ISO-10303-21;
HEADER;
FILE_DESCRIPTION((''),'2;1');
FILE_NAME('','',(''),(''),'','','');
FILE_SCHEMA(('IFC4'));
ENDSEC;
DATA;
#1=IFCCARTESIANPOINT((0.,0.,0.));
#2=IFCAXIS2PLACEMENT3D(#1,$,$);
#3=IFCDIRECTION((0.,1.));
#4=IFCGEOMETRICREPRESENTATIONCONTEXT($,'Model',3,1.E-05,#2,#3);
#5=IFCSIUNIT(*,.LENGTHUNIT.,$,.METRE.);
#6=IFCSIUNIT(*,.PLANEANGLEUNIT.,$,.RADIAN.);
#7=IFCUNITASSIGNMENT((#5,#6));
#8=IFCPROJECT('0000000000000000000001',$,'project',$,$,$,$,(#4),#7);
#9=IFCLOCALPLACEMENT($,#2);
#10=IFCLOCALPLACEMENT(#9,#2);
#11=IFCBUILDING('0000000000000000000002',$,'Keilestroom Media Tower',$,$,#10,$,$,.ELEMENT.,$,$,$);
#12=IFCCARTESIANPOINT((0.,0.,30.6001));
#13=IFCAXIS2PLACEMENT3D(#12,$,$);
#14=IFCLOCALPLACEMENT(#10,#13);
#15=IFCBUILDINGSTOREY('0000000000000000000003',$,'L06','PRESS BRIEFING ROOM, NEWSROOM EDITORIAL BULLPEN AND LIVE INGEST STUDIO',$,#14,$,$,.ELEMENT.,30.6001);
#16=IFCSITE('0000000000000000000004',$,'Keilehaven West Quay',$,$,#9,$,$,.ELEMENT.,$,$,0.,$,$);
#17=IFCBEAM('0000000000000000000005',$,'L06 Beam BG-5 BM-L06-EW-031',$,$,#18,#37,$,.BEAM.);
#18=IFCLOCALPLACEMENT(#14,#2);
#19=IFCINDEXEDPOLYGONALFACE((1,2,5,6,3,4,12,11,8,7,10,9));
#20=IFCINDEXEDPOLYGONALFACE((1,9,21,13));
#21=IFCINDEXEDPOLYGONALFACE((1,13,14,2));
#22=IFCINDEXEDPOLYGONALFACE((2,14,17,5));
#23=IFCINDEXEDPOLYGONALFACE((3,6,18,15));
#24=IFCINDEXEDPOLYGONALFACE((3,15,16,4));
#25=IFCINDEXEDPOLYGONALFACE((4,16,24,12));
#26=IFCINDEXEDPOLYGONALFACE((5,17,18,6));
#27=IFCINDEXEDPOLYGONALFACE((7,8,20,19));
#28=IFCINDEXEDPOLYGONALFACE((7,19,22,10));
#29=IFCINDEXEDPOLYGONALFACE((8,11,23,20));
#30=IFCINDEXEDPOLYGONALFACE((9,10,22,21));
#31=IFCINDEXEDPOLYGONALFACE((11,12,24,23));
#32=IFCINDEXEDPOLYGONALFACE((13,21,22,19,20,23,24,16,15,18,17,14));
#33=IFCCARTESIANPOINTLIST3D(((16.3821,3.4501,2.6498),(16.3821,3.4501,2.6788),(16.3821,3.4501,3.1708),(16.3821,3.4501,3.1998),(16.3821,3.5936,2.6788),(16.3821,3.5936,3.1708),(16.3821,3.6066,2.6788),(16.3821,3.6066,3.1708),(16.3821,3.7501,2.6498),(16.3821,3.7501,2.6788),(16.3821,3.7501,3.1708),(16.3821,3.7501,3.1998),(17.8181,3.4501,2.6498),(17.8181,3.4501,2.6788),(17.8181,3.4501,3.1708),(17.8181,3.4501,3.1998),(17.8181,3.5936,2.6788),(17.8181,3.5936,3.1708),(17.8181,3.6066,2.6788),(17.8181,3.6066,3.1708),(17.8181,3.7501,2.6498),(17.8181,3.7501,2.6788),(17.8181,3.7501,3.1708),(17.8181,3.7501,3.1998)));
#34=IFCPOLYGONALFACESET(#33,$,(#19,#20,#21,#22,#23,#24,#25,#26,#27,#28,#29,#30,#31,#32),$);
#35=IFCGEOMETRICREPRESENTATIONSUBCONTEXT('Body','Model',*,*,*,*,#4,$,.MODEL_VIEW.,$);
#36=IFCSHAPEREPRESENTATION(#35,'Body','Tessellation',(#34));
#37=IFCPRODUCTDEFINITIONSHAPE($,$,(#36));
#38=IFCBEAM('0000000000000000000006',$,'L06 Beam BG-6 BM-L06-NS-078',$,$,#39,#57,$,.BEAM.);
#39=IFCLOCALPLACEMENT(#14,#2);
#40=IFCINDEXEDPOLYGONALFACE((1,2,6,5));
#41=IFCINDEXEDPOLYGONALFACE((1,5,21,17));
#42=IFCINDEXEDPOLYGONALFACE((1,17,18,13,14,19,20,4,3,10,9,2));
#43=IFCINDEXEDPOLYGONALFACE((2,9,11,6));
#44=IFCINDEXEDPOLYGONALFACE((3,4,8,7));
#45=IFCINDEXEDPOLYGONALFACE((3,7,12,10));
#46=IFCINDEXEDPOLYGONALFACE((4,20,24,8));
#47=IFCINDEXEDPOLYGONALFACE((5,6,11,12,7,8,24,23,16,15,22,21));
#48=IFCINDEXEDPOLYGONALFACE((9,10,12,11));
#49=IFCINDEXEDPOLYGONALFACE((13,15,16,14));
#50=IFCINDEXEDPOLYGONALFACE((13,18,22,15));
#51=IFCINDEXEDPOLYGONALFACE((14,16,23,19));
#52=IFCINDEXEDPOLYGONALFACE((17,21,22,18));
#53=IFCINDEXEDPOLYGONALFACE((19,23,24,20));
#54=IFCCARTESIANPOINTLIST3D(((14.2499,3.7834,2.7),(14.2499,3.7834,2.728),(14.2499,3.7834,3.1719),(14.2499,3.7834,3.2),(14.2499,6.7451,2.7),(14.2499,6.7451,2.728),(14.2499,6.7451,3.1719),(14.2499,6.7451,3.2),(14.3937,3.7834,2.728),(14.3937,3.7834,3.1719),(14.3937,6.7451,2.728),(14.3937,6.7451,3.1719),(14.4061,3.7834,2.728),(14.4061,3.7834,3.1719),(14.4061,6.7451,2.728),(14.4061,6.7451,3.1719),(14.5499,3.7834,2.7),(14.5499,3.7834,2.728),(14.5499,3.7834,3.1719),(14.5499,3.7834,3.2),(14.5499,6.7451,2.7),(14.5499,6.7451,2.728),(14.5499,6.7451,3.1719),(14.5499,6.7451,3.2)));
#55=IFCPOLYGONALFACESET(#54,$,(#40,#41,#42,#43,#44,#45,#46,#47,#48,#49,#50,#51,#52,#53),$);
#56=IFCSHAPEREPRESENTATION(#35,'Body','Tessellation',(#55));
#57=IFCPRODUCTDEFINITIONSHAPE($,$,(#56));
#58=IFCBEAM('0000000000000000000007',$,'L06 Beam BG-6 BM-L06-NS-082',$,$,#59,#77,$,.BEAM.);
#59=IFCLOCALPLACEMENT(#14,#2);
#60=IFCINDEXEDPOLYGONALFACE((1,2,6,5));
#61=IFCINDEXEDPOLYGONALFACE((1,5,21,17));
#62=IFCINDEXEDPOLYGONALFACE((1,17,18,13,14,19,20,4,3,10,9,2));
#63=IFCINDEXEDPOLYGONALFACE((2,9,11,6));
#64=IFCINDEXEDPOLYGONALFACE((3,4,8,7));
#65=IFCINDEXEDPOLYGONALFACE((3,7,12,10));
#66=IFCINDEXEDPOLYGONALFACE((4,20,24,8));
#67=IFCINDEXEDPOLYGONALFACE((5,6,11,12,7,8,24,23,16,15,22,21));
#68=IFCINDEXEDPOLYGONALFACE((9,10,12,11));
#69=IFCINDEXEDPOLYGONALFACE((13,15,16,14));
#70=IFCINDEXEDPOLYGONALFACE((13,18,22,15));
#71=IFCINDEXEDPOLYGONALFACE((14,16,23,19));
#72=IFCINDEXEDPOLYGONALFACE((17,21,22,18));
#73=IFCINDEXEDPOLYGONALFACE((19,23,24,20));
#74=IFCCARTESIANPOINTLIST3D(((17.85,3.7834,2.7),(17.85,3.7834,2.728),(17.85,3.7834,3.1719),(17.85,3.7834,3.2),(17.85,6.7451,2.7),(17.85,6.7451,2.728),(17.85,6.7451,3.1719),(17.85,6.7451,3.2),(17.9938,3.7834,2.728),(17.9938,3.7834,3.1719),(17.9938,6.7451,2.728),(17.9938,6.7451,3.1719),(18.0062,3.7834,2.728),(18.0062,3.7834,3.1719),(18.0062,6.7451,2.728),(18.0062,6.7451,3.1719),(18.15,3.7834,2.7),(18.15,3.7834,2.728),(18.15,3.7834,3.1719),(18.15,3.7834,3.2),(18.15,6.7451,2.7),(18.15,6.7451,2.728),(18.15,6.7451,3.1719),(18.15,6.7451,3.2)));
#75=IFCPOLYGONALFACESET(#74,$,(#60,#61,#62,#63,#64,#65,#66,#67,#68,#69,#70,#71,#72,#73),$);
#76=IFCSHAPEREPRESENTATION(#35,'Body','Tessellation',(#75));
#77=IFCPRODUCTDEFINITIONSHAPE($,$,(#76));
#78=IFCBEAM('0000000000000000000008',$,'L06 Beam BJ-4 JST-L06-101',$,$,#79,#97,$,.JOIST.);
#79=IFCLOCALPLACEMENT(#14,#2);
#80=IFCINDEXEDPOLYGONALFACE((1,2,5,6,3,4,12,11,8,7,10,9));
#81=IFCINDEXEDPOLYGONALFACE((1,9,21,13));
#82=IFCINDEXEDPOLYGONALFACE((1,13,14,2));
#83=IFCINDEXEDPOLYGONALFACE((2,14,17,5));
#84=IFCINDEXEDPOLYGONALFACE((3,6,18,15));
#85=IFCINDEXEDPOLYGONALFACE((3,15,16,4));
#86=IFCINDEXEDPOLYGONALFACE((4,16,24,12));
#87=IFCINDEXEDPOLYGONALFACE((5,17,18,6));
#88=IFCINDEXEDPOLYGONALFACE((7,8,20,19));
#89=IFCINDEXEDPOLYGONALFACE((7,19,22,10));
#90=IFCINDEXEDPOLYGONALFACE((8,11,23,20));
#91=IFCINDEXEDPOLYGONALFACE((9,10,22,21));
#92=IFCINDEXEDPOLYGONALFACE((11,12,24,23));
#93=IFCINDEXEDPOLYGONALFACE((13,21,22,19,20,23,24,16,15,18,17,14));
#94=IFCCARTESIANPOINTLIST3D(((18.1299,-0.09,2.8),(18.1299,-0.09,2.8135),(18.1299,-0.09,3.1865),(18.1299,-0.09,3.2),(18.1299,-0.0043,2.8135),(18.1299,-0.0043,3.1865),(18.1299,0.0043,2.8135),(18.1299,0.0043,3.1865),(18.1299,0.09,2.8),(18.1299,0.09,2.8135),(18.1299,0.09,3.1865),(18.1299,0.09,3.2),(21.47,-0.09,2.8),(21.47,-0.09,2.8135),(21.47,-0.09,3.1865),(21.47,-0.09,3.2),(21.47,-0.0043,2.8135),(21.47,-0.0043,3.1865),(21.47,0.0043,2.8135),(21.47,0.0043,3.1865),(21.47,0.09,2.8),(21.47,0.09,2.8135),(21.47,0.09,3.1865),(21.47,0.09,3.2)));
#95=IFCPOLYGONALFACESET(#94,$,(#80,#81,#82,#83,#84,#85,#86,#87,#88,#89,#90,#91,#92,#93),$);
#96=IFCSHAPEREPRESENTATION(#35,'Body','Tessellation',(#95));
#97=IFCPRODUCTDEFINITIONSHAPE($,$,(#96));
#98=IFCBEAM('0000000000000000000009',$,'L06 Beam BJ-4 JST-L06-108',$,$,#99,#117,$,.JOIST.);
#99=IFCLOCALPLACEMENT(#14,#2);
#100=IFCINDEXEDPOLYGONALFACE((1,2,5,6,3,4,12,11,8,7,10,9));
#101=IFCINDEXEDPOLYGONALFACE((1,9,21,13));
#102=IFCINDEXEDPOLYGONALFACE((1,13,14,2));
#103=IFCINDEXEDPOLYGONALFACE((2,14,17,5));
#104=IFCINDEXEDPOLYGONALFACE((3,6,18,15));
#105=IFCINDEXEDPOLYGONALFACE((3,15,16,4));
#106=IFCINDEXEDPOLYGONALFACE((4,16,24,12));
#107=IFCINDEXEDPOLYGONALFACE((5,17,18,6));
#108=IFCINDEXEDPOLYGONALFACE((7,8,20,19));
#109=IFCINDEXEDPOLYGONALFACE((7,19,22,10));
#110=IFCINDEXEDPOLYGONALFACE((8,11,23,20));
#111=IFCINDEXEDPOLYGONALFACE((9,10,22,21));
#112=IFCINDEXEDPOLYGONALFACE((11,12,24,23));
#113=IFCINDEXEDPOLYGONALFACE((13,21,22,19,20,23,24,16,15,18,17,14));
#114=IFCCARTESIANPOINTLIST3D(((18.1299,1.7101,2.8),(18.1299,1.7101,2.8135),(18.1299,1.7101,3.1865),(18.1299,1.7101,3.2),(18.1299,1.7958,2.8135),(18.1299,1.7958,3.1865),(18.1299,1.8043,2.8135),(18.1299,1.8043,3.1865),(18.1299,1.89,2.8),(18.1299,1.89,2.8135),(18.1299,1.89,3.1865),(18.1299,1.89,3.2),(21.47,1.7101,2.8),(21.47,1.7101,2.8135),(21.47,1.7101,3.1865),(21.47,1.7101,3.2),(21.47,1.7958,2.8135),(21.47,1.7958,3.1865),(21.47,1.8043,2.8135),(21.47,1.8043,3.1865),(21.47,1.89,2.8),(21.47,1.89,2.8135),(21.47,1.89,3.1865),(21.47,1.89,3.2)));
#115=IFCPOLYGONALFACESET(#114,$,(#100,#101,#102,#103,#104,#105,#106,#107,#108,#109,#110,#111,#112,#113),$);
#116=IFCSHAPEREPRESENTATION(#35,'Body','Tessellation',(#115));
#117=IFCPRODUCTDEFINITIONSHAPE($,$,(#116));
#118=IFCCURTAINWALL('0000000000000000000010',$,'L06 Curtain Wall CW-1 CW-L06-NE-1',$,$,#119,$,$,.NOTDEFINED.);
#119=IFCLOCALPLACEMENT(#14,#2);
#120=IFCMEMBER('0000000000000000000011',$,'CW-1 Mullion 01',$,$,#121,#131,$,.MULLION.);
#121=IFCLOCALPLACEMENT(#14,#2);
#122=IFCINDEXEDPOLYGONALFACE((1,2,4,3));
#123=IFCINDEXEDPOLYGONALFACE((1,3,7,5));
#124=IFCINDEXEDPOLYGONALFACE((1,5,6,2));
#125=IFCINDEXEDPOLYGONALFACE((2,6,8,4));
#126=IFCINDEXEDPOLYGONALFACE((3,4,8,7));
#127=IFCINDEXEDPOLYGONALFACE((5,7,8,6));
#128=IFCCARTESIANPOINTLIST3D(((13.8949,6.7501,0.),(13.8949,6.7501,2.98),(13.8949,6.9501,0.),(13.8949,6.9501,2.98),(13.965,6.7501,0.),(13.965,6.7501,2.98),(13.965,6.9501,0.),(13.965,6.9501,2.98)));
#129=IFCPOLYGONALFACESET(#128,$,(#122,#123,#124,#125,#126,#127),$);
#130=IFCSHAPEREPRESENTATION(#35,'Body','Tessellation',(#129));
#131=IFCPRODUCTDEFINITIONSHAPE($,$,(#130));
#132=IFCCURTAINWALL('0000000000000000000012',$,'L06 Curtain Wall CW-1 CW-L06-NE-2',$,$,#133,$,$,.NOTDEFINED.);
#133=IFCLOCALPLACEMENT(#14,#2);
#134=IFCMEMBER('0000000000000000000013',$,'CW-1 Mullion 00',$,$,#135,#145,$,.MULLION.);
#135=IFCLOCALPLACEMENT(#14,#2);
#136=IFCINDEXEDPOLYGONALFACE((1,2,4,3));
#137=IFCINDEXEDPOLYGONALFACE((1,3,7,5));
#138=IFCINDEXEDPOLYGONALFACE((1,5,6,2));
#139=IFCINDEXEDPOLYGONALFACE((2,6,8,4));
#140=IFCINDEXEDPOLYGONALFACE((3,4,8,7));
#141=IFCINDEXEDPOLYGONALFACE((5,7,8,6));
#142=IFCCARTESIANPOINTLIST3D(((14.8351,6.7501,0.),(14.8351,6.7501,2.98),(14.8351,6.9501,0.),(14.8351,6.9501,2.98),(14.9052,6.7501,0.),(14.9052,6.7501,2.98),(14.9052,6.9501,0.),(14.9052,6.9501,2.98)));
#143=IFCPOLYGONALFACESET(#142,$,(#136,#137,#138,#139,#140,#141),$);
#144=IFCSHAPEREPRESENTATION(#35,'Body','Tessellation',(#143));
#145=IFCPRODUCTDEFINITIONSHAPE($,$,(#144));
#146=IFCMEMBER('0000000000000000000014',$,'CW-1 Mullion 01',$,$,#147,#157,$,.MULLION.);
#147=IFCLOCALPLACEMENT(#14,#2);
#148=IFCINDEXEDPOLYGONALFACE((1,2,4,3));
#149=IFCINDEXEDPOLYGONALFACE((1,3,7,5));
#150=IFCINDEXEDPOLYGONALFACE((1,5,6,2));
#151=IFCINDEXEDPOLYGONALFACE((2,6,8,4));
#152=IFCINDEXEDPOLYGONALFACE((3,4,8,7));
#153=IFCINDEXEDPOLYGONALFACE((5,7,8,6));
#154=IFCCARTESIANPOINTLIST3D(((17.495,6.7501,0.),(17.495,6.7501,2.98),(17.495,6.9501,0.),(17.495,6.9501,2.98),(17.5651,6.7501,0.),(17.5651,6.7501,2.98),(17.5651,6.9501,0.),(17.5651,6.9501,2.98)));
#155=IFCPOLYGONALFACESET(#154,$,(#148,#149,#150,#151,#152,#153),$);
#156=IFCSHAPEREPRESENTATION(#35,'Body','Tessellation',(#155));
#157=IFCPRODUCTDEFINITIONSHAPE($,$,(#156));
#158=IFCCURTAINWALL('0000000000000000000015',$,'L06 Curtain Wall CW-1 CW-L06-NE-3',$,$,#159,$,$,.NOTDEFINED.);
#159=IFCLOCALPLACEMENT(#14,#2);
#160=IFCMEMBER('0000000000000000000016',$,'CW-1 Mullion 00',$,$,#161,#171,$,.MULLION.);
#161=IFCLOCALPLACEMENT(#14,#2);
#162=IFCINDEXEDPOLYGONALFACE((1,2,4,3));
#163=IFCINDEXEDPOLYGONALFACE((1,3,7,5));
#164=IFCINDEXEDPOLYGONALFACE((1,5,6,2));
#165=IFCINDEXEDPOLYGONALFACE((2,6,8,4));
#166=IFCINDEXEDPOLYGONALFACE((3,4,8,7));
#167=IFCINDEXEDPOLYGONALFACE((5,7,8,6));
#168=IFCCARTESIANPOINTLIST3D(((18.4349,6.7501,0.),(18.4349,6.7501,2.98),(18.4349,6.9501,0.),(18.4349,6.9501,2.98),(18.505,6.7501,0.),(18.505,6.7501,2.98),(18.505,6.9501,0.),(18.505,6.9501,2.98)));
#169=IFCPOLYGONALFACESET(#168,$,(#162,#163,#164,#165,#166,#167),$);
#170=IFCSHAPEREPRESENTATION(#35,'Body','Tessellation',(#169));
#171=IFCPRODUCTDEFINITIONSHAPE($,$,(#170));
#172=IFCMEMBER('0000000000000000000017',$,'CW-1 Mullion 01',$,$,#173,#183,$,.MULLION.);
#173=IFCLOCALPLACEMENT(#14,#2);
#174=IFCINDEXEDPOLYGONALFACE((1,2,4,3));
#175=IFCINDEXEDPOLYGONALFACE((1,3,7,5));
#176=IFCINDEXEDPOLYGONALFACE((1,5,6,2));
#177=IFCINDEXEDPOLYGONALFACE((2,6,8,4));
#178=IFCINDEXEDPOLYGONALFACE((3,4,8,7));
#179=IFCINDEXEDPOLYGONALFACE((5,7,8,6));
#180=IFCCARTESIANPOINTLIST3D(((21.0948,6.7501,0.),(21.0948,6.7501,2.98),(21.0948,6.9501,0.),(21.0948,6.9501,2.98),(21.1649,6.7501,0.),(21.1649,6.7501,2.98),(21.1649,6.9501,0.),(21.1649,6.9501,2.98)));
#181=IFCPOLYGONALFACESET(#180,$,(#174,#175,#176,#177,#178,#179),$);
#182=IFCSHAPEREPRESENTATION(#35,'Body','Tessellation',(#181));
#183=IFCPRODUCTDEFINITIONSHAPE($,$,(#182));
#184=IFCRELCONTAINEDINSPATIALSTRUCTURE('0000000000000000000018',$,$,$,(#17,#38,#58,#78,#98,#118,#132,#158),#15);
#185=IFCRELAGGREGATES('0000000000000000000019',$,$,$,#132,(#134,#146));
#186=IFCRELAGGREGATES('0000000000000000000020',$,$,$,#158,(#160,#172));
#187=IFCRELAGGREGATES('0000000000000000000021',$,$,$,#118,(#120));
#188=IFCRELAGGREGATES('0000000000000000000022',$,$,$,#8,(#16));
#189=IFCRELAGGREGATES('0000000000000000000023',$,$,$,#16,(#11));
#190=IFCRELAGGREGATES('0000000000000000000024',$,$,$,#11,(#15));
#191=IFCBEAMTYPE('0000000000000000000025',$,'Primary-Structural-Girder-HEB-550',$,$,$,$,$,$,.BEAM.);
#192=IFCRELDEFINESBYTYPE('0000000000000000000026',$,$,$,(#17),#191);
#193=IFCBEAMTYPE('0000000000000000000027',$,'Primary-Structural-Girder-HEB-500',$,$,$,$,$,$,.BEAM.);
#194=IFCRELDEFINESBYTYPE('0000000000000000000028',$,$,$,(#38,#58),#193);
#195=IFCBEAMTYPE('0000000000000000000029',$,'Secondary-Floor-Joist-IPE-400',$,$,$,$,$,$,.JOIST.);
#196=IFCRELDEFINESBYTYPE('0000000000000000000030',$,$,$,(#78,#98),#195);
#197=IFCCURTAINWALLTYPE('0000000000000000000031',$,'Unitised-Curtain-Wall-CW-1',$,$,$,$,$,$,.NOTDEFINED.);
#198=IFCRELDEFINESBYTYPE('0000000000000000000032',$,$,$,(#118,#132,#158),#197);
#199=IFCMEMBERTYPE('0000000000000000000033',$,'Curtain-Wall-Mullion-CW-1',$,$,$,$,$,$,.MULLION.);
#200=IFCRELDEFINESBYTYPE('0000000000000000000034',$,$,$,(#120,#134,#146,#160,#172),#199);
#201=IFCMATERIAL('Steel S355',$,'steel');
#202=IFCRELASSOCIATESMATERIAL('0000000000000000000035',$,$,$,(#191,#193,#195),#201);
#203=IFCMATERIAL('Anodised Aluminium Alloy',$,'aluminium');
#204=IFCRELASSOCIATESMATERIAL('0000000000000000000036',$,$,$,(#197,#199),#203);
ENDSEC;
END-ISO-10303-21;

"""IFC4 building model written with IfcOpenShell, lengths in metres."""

from ifc_helpers import new_model, si_unit, direction, frame, origin, origin_2d, place, context, subcontext, project, spatial, rectangle, i_section, extrude, source, transform, mapped, material, material_profile, profile_set, type_object, element, aggregate, save


model = new_model("IFC4")

# Units and contexts
model_context = context("Model", 3, precision=1e-05, world=origin(), true_north=direction((0.0, 1.0)))
body_context = subcontext(model_context, "Body", "Model", "MODEL_VIEW")
ifc_project = project(units=[si_unit("LENGTHUNIT", "METRE"), si_unit("PLANEANGLEUNIT", "RADIAN")], contexts=[model_context])

# Site, building, storey
site_placement = place(None, origin())
site = spatial("IfcSite", under=ifc_project, at=site_placement, Name="Keilehaven West Quay", CompositionType="ELEMENT", RefElevation=0.0)
building_placement = place(site_placement, origin())
building = spatial("IfcBuilding", under=site, at=building_placement, Name="Keilestroom Media Tower", CompositionType="ELEMENT")
storey_placement = place(building_placement, frame((0.0, 0.0, 30.6001)))
storey = spatial("IfcBuildingStorey", under=building, at=storey_placement, Name="L06", Description="PRESS BRIEFING ROOM, NEWSROOM EDITORIAL BULLPEN AND LIVE INGEST STUDIO", CompositionType="ELEMENT", Elevation=30.6001)

# Beams
ifc_material_1 = material(Name="Steel S355", Category="steel")
ifc_material_profile_1 = material_profile(ifc_material_1, i_section(OverallWidth=0.3, OverallDepth=0.55, WebThickness=0.0129, FlangeThickness=0.0291, at=origin_2d()), Name="HEB 550")
ifc_profile_set_1 = profile_set([ifc_material_profile_1], Name="Steel S355")
beam_type_1 = type_object("IfcBeamType", Name="Primary-Structural-Girder-HEB-550", PredefinedType="BEAM", material=ifc_profile_set_1)
shared_shape_1 = source(origin(), body_context, "Body", "SweptSolid", [
    extrude(i_section(OverallWidth=0.3, OverallDepth=0.55, WebThickness=0.0129, FlangeThickness=0.0291, at=origin_2d()), origin(), (0.0, 0.0, 1.0), 1.436),
])
for number, where, z_axis, x_axis, name in (
    (1, (16.3821, 3.6001, 2.9248), (1.0, 0.0, 0.0), (0.0, 1.0, 0.0), "L06 Beam BG-5 BM-L06-EW-031"),
):
    element("IfcBeam", number, at=place(storey_placement, frame(where, z_axis=z_axis, x_axis=x_axis)), inside=storey, type_object=beam_type_1, Name=name, PredefinedType="BEAM", context=body_context, shape_type="MappedRepresentation", body=[
        mapped(shared_shape_1, transform((0.0, 0.0, 0.0), x_axis=(1.0, 0.0, 0.0), y_axis=(0.0, 1.0, 0.0), z_axis=(0.0, 0.0, 1.0), scale=1.0)),
    ])
ifc_material_profile_2 = material_profile(ifc_material_1, i_section(OverallWidth=0.3, OverallDepth=0.5, WebThickness=0.0125, FlangeThickness=0.0281, at=origin_2d()), Name="HEB 500")
ifc_profile_set_2 = profile_set([ifc_material_profile_2], Name="Steel S355")
beam_type_2 = type_object("IfcBeamType", Name="Primary-Structural-Girder-HEB-500", PredefinedType="BEAM", material=ifc_profile_set_2)
shared_shape_2 = source(origin(), body_context, "Body", "SweptSolid", [
    extrude(i_section(OverallWidth=0.3, OverallDepth=0.5, WebThickness=0.0125, FlangeThickness=0.0281, at=origin_2d()), origin(), (0.0, 0.0, 1.0), 2.9617),
])
for number, where, z_axis, x_axis, name in (
    (2, (14.3999, 3.7834, 2.95), (0.0, 1.0, 0.0), (-1.0, 0.0, 0.0), "L06 Beam BG-6 BM-L06-NS-078"),
    (3, (18.0, 3.7834, 2.95), (0.0, 1.0, 0.0), (-1.0, 0.0, 0.0), "L06 Beam BG-6 BM-L06-NS-082"),
):
    element("IfcBeam", number, at=place(storey_placement, frame(where, z_axis=z_axis, x_axis=x_axis)), inside=storey, type_object=beam_type_2, Name=name, PredefinedType="BEAM", context=body_context, shape_type="MappedRepresentation", body=[
        mapped(shared_shape_2, transform((0.0, 0.0, 0.0), x_axis=(1.0, 0.0, 0.0), y_axis=(0.0, 1.0, 0.0), z_axis=(0.0, 0.0, 1.0), scale=1.0)),
    ])
ifc_material_profile_3 = material_profile(ifc_material_1, i_section(OverallWidth=0.1799, OverallDepth=0.3999, WebThickness=0.0085, FlangeThickness=0.0134, at=origin_2d()), Name="IPE 400")
ifc_profile_set_3 = profile_set([ifc_material_profile_3], Name="Steel S355")
beam_type_3 = type_object("IfcBeamType", Name="Secondary-Floor-Joist-IPE-400", PredefinedType="JOIST", material=ifc_profile_set_3)
shared_shape_3 = source(origin(), body_context, "Body", "SweptSolid", [
    extrude(i_section(OverallWidth=0.1799, OverallDepth=0.3999, WebThickness=0.0085, FlangeThickness=0.0134, at=origin_2d()), origin(), (0.0, 0.0, 1.0), 3.3401),
])
for number, where, z_axis, x_axis, name in (
    (4, (18.1299, 0.0, 3.0), (1.0, 0.0, 0.0), (0.0, 1.0, 0.0), "L06 Beam BJ-4 JST-L06-101"),
    (5, (18.1299, 1.8, 3.0), (1.0, 0.0, 0.0), (0.0, 1.0, 0.0), "L06 Beam BJ-4 JST-L06-108"),
):
    element("IfcBeam", number, at=place(storey_placement, frame(where, z_axis=z_axis, x_axis=x_axis)), inside=storey, type_object=beam_type_3, Name=name, PredefinedType="JOIST", context=body_context, shape_type="MappedRepresentation", body=[
        mapped(shared_shape_3, transform((0.0, 0.0, 0.0), x_axis=(1.0, 0.0, 0.0), y_axis=(0.0, 1.0, 0.0), z_axis=(0.0, 0.0, 1.0), scale=1.0)),
    ])

# Curtain wall, member
ifc_material_2 = material(Name="Anodised Aluminium Alloy", Category="aluminium")
curtain_wall_type = type_object("IfcCurtainWallType", Name="Unitised-Curtain-Wall-CW-1", PredefinedType="NOTDEFINED", material=ifc_material_2)
curtain_wall_1_placement = place(storey_placement, origin())
curtain_wall_1 = element("IfcCurtainWall", 6, at=curtain_wall_1_placement, inside=storey, type_object=curtain_wall_type, Name="L06 Curtain Wall CW-1 CW-L06-NE-1", PredefinedType="NOTDEFINED")
ifc_material_profile_4 = material_profile(ifc_material_2, rectangle(XDim=0.0701, YDim=0.2, at=origin_2d()), Name="ALU MULLION 70x200")
ifc_profile_set_4 = profile_set([ifc_material_profile_4], Name="Anodised Aluminium Alloy")
member_type_1 = type_object("IfcMemberType", Name="Curtain-Wall-Mullion-CW-1", PredefinedType="MULLION", material=ifc_profile_set_4)
shared_shape_4 = source(origin(), body_context, "Body", "SweptSolid", [
    extrude(rectangle(XDim=0.0701, YDim=0.2, at=origin_2d()), origin(), (0.0, 0.0, 1.0), 2.98),
])
member_1_placement = place(storey_placement, frame((13.9299, 6.8501, 0.0), z_axis=(0.0, 0.0, 1.0), x_axis=(1.0, 0.0, 0.0)))
member_1 = element("IfcMember", 7, at=member_1_placement, type_object=member_type_1, Name="CW-1 Mullion 01", PredefinedType="MULLION", context=body_context, shape_type="MappedRepresentation", body=[
    mapped(shared_shape_4, transform((0.0, 0.0, 0.0), x_axis=(1.0, 0.0, 0.0), y_axis=(0.0, 1.0, 0.0), z_axis=(0.0, 0.0, 1.0), scale=1.0)),
])

# Curtain walls, members
curtain_wall_2_placement = place(storey_placement, origin())
curtain_wall_2 = element("IfcCurtainWall", 8, at=curtain_wall_2_placement, inside=storey, type_object=curtain_wall_type, Name="L06 Curtain Wall CW-1 CW-L06-NE-2", PredefinedType="NOTDEFINED")
member_2_placement = place(storey_placement, frame((14.8701, 6.8501, 0.0), z_axis=(0.0, 0.0, 1.0), x_axis=(1.0, 0.0, 0.0)))
member_2 = element("IfcMember", 9, at=member_2_placement, type_object=member_type_1, Name="CW-1 Mullion 00", PredefinedType="MULLION", context=body_context, shape_type="MappedRepresentation", body=[
    mapped(shared_shape_4, transform((0.0, 0.0, 0.0), x_axis=(1.0, 0.0, 0.0), y_axis=(0.0, 1.0, 0.0), z_axis=(0.0, 0.0, 1.0), scale=1.0)),
])
member_3_placement = place(storey_placement, frame((17.53, 6.8501, 0.0), z_axis=(0.0, 0.0, 1.0), x_axis=(1.0, 0.0, 0.0)))
member_3 = element("IfcMember", 10, at=member_3_placement, type_object=member_type_1, Name="CW-1 Mullion 01", PredefinedType="MULLION", context=body_context, shape_type="MappedRepresentation", body=[
    mapped(shared_shape_4, transform((0.0, 0.0, 0.0), x_axis=(1.0, 0.0, 0.0), y_axis=(0.0, 1.0, 0.0), z_axis=(0.0, 0.0, 1.0), scale=1.0)),
])
curtain_wall_3_placement = place(storey_placement, origin())
curtain_wall_3 = element("IfcCurtainWall", 11, at=curtain_wall_3_placement, inside=storey, type_object=curtain_wall_type, Name="L06 Curtain Wall CW-1 CW-L06-NE-3", PredefinedType="NOTDEFINED")
member_4_placement = place(storey_placement, frame((18.47, 6.8501, 0.0), z_axis=(0.0, 0.0, 1.0), x_axis=(1.0, 0.0, 0.0)))
member_4 = element("IfcMember", 12, at=member_4_placement, type_object=member_type_1, Name="CW-1 Mullion 00", PredefinedType="MULLION", context=body_context, shape_type="MappedRepresentation", body=[
    mapped(shared_shape_4, transform((0.0, 0.0, 0.0), x_axis=(1.0, 0.0, 0.0), y_axis=(0.0, 1.0, 0.0), z_axis=(0.0, 0.0, 1.0), scale=1.0)),
])
member_5_placement = place(storey_placement, frame((21.1299, 6.8501, 0.0), z_axis=(0.0, 0.0, 1.0), x_axis=(1.0, 0.0, 0.0)))
member_5 = element("IfcMember", 13, at=member_5_placement, type_object=member_type_1, Name="CW-1 Mullion 01", PredefinedType="MULLION", context=body_context, shape_type="MappedRepresentation", body=[
    mapped(shared_shape_4, transform((0.0, 0.0, 0.0), x_axis=(1.0, 0.0, 0.0), y_axis=(0.0, 1.0, 0.0), z_axis=(0.0, 0.0, 1.0), scale=1.0)),
])

aggregate(curtain_wall_2, [member_2, member_3])
aggregate(curtain_wall_3, [member_4, member_5])
aggregate(curtain_wall_1, [member_1])

save(model, "model.ifc")
